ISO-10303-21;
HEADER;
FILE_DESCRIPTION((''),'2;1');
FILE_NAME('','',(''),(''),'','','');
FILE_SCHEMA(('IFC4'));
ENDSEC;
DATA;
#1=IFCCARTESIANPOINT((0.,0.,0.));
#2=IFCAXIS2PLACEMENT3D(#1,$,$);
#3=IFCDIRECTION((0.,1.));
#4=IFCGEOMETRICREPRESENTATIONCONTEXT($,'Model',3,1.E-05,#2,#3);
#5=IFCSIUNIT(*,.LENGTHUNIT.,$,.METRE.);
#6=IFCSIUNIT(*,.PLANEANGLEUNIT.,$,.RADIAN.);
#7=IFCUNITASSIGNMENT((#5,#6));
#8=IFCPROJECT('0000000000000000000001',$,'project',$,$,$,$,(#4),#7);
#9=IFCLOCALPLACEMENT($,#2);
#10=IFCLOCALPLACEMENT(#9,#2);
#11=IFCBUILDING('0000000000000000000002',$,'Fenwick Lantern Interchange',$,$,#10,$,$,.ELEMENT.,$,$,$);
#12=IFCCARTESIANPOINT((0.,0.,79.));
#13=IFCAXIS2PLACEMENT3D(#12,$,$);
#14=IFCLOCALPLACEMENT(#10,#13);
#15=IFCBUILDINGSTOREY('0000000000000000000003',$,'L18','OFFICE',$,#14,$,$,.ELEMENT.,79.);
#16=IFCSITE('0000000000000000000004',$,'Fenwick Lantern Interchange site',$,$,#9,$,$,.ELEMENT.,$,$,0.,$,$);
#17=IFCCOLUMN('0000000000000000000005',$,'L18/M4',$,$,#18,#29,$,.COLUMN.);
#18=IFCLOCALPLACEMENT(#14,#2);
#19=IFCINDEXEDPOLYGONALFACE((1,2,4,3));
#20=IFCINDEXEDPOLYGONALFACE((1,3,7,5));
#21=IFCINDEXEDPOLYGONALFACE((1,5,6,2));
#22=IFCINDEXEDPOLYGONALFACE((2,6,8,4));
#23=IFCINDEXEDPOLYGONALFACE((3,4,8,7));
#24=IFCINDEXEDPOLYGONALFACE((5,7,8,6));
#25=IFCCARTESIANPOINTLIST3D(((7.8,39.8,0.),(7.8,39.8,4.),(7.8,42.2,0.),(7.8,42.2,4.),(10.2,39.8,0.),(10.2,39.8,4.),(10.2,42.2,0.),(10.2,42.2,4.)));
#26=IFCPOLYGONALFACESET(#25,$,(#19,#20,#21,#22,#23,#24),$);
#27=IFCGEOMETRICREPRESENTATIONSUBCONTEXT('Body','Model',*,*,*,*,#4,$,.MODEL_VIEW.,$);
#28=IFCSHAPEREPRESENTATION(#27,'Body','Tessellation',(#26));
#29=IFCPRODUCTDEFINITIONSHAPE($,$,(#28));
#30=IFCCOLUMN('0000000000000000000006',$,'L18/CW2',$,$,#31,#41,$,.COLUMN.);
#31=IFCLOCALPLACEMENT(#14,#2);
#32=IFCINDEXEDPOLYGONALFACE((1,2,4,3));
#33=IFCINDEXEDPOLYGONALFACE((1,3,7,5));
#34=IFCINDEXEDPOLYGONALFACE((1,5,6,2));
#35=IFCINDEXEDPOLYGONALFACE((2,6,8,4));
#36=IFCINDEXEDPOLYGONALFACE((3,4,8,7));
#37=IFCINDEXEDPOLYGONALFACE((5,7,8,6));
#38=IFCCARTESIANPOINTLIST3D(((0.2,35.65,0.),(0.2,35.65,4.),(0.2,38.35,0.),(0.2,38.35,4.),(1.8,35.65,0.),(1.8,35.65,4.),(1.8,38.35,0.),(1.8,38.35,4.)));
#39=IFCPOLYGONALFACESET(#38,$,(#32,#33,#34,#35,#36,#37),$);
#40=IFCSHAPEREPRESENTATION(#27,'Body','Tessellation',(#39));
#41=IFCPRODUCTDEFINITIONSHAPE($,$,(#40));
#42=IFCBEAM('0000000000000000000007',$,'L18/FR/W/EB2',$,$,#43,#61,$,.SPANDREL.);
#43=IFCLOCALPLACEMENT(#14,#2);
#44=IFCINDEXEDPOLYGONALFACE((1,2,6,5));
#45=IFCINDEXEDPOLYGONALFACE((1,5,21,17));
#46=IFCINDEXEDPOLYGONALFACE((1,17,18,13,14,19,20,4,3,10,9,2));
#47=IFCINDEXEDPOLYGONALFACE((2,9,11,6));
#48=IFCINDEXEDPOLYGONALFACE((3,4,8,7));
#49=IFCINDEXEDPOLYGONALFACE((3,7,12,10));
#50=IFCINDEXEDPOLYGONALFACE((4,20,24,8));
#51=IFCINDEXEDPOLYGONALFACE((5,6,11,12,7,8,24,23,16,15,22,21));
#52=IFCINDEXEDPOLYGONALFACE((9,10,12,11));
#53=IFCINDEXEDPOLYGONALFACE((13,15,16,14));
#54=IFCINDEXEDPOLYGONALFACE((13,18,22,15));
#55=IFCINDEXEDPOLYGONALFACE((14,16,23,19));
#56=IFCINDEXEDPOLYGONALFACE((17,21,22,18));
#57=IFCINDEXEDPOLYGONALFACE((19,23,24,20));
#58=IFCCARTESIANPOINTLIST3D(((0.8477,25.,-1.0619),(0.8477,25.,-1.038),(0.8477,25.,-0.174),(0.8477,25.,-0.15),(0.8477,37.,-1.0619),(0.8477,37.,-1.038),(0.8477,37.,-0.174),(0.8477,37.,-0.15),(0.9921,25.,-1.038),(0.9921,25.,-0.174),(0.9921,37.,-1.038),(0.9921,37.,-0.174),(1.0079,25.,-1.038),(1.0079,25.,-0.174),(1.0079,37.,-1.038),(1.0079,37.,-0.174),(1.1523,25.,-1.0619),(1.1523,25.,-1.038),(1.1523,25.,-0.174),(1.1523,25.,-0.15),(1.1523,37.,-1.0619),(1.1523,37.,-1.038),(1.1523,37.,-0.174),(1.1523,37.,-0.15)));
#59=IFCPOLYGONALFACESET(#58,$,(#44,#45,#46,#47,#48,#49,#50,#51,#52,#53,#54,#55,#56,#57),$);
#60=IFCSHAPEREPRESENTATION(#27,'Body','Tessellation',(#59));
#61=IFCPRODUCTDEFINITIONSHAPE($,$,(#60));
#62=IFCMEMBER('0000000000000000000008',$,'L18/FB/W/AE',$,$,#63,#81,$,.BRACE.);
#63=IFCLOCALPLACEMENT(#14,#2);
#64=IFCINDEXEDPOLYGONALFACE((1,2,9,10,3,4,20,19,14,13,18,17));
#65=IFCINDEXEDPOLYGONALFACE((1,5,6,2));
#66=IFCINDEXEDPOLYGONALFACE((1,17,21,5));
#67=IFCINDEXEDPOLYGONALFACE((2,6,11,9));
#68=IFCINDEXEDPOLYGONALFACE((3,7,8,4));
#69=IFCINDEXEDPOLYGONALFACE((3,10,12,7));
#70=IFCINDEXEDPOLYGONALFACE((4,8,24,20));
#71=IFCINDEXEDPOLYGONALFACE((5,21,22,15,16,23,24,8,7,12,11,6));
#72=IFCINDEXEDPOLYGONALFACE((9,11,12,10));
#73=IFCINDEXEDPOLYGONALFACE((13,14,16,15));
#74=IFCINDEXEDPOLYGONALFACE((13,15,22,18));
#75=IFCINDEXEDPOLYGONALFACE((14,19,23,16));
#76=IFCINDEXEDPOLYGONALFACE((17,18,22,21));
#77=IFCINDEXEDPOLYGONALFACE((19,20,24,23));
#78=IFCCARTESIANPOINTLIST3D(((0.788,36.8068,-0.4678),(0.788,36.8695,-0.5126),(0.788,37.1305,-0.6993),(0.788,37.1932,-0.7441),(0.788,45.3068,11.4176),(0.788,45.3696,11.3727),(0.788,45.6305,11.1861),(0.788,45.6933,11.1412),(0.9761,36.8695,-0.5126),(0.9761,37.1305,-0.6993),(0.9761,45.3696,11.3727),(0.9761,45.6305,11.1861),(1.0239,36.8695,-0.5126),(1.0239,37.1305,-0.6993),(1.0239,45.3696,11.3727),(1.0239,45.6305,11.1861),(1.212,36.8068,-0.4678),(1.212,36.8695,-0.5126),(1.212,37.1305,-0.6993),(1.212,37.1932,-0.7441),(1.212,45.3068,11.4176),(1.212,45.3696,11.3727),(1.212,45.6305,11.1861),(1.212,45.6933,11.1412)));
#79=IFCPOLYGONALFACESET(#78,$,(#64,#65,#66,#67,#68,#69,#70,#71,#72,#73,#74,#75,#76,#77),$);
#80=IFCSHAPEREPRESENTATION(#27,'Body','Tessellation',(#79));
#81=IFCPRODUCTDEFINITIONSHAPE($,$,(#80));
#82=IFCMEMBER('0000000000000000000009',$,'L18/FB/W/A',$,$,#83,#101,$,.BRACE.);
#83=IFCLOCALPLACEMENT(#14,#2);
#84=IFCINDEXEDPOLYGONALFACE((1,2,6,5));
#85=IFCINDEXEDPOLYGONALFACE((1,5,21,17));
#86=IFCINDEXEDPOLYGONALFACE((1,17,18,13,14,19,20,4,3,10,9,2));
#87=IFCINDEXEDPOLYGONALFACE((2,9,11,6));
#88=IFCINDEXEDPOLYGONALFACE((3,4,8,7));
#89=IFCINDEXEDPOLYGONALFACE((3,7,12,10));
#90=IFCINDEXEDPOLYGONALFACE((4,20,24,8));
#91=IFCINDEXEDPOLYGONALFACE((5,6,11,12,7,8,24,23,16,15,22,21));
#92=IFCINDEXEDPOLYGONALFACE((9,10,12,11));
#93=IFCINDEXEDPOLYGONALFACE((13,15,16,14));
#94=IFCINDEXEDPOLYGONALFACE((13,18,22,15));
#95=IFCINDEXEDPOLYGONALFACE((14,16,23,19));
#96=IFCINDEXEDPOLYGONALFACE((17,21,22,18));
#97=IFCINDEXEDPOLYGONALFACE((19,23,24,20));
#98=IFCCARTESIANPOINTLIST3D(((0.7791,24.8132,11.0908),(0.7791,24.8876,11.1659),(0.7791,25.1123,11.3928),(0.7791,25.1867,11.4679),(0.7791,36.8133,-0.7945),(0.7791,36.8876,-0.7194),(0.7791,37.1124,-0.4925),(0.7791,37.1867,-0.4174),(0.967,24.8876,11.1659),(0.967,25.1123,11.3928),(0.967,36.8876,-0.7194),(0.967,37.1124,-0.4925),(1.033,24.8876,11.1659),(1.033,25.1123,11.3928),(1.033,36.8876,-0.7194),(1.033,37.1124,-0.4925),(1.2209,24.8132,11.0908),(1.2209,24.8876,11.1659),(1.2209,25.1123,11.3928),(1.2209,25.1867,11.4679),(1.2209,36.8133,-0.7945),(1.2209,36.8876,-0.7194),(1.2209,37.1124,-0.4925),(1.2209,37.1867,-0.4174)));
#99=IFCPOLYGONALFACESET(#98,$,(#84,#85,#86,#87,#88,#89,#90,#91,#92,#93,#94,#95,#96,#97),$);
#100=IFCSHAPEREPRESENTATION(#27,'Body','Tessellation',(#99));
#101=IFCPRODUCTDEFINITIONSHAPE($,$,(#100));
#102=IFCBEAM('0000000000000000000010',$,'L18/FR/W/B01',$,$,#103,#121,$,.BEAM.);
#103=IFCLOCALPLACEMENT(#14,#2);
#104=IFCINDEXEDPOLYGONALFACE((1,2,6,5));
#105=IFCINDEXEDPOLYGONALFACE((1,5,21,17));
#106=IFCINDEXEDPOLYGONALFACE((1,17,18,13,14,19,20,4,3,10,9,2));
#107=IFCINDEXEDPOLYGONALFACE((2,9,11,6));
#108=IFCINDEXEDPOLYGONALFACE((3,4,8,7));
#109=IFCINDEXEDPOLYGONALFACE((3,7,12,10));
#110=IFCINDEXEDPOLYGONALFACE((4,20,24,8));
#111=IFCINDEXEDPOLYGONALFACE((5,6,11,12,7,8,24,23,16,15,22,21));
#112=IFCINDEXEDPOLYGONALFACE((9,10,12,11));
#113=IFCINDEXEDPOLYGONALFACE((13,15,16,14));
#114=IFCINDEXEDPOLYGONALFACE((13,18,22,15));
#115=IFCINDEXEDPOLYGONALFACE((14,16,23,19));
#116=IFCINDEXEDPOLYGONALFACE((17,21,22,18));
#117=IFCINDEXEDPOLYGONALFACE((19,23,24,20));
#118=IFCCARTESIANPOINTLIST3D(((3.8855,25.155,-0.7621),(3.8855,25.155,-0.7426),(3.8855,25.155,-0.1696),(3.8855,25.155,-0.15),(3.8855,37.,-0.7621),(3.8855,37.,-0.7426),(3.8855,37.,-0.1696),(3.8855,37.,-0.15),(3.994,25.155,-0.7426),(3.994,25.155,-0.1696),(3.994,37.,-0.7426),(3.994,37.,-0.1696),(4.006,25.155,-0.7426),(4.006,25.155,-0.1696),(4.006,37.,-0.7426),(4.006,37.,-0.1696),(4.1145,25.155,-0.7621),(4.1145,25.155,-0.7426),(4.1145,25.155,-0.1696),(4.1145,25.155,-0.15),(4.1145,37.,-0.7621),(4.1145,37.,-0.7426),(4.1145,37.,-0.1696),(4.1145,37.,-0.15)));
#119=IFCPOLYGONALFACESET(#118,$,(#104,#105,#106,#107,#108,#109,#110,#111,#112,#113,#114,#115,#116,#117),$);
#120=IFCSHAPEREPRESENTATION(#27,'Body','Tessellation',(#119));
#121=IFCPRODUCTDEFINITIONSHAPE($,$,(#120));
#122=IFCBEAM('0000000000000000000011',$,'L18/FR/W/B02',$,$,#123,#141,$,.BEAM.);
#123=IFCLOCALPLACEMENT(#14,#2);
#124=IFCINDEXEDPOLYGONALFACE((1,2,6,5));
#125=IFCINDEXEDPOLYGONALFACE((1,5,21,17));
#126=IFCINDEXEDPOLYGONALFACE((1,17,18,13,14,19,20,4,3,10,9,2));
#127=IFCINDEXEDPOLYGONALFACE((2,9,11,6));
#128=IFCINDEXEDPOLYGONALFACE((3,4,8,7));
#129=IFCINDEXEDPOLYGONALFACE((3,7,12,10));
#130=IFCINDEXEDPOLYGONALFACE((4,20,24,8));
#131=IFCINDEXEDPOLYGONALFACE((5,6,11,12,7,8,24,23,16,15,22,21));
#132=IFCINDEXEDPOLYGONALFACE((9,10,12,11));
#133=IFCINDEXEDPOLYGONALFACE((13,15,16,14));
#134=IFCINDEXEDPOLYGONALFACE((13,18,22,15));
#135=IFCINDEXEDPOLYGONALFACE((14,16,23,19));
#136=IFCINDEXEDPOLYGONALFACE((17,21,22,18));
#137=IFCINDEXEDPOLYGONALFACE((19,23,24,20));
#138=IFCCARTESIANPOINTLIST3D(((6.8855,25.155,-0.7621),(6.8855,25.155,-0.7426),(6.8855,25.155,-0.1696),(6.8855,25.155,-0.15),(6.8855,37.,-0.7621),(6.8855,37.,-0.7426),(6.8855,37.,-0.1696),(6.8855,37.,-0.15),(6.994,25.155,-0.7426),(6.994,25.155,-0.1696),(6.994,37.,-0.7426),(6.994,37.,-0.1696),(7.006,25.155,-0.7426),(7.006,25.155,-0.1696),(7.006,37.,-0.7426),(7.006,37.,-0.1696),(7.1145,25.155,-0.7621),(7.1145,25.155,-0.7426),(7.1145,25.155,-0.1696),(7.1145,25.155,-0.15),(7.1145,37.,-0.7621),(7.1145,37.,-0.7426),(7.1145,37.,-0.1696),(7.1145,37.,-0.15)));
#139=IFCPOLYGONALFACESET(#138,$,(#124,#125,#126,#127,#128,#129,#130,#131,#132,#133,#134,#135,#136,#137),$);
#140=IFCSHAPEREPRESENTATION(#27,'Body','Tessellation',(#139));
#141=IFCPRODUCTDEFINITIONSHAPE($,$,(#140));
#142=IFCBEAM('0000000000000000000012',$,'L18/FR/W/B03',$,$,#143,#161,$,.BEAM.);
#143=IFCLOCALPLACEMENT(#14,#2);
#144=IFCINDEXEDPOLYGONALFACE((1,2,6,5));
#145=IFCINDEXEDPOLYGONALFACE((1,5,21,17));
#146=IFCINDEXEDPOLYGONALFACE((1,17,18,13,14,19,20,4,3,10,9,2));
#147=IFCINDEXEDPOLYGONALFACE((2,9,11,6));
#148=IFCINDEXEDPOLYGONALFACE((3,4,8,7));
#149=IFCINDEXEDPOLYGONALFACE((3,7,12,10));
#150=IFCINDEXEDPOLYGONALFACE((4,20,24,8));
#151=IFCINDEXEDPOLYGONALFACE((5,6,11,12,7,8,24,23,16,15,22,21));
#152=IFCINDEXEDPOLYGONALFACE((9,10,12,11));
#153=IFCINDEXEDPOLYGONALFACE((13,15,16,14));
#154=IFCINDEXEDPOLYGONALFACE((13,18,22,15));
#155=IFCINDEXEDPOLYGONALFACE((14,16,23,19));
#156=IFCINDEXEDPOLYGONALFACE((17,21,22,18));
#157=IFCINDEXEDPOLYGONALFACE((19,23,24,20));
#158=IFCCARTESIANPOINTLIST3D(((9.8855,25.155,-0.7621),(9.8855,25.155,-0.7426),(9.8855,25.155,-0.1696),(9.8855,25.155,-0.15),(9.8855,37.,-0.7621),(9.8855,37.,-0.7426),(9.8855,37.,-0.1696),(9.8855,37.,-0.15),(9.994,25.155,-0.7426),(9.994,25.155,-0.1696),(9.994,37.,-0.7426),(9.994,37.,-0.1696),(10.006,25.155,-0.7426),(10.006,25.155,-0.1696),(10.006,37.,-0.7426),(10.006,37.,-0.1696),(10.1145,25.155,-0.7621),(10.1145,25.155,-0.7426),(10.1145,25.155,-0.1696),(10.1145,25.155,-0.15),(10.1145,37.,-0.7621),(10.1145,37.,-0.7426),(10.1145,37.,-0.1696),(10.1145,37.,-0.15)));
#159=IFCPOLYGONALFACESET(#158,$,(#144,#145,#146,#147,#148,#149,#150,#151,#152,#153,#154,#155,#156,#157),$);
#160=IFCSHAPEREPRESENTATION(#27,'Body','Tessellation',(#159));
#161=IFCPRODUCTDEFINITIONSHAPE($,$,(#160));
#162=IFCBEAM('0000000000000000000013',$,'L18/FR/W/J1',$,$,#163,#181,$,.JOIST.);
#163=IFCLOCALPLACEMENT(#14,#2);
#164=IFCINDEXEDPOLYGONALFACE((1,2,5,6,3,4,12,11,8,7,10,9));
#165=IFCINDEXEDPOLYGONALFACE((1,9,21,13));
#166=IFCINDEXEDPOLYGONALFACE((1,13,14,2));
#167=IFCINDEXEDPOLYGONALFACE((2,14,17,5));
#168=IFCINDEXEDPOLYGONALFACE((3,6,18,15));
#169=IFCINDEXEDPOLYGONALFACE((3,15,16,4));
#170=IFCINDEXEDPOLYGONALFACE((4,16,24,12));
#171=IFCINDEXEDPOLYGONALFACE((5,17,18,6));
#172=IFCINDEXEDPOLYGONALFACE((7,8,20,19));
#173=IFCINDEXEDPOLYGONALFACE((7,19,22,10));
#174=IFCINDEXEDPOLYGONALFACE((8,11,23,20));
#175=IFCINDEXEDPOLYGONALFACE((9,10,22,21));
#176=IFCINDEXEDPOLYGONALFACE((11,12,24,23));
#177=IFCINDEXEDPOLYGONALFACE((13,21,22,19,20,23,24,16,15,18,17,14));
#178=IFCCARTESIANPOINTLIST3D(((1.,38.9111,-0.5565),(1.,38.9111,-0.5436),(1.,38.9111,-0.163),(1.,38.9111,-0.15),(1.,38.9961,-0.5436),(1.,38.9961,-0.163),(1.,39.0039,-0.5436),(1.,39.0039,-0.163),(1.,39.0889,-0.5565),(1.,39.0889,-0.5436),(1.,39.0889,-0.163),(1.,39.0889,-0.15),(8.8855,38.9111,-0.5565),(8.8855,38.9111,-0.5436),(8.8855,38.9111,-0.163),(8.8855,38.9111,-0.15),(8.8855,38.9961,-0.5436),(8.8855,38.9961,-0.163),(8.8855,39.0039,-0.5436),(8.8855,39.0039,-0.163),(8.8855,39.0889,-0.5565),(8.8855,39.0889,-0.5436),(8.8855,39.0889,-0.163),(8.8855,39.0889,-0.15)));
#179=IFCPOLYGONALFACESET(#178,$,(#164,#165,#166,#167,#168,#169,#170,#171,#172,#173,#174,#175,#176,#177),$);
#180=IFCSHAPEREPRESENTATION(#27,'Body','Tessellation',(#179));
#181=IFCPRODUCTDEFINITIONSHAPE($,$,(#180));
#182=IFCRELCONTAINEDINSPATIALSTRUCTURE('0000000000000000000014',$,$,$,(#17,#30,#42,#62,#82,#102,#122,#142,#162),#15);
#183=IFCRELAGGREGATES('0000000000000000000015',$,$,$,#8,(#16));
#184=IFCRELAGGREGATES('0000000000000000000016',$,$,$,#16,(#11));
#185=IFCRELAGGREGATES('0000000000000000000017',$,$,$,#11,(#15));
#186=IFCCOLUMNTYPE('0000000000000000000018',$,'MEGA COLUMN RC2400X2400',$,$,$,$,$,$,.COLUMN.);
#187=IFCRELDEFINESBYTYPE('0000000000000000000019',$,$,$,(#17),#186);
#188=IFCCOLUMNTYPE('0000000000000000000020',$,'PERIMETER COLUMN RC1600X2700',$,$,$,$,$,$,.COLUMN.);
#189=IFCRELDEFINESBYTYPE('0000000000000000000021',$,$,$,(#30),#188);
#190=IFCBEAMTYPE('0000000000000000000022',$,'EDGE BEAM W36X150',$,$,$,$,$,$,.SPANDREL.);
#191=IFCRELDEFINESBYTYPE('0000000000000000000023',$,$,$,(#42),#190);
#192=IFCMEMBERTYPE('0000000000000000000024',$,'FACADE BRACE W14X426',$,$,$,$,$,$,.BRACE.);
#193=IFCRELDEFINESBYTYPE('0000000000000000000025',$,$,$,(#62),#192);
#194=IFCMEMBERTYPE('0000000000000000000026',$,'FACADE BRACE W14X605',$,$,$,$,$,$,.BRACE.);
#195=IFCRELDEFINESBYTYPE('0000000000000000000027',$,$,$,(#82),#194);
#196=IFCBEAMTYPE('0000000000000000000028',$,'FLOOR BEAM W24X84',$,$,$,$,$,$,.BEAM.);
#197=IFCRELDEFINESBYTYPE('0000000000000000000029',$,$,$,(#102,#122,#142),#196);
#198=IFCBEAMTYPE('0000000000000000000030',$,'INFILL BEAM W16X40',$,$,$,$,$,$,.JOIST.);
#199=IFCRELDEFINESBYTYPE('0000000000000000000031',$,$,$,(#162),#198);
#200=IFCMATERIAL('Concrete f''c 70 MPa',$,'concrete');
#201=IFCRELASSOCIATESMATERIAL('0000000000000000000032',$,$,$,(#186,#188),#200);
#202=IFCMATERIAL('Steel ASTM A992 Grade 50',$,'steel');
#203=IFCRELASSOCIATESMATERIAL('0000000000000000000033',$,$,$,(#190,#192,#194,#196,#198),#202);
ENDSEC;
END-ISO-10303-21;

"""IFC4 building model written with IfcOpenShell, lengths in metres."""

from ifc_helpers import new_model, si_unit, direction, frame, origin, origin_2d, place, context, subcontext, project, spatial, rectangle, i_section, extrude, material, material_profile, profile_set, type_object, element, save


model = new_model("IFC4")

# Units and contexts
model_context = context("Model", 3, precision=1e-05, world=origin(), true_north=direction((0.0, 1.0)))
body_context = subcontext(model_context, "Body", "Model", "MODEL_VIEW")
ifc_project = project(units=[si_unit("LENGTHUNIT", "METRE"), si_unit("PLANEANGLEUNIT", "RADIAN")], contexts=[model_context])

# Site, building, storey
site_placement = place(None, origin())
site = spatial("IfcSite", under=ifc_project, at=site_placement, Name="Fenwick Lantern Interchange site", CompositionType="ELEMENT", RefElevation=0.0)
building_placement = place(site_placement, origin())
building = spatial("IfcBuilding", under=site, at=building_placement, Name="Fenwick Lantern Interchange", CompositionType="ELEMENT")
storey_placement = place(building_placement, frame((0.0, 0.0, 79.0)))
storey = spatial("IfcBuildingStorey", under=building, at=storey_placement, Name="L18", Description="OFFICE", CompositionType="ELEMENT", Elevation=79.0)

# Columns
ifc_material_1 = material(Name="Concrete f'c 70 MPa", Category="concrete")
ifc_material_profile_1 = material_profile(ifc_material_1, rectangle(XDim=2.3999, YDim=2.3999, at=origin_2d()), Name="RC2400X2400")
ifc_profile_set_1 = profile_set([ifc_material_profile_1], Name="Concrete f'c 70 MPa")
column_type_1 = type_object("IfcColumnType", Name="MEGA COLUMN RC2400X2400", PredefinedType="COLUMN", material=ifc_profile_set_1)
column_1_placement = place(storey_placement, frame((9.0, 41.0, 0.0), z_axis=(0.0, 0.0, 1.0), x_axis=(1.0, 0.0, 0.0)))
element("IfcColumn", 1, at=column_1_placement, inside=storey, type_object=column_type_1, Name="L18/M4", PredefinedType="COLUMN", context=body_context, shape_type="SweptSolid", body=[
    extrude(rectangle(XDim=2.3999, YDim=2.3999, at=origin_2d()), origin(), (0.0, 0.0, 1.0), 4.0),
])
ifc_material_profile_2 = material_profile(ifc_material_1, rectangle(XDim=1.6001, YDim=2.7, at=origin_2d()), Name="RC1600X2700")
ifc_profile_set_2 = profile_set([ifc_material_profile_2], Name="Concrete f'c 70 MPa")
column_type_2 = type_object("IfcColumnType", Name="PERIMETER COLUMN RC1600X2700", PredefinedType="COLUMN", material=ifc_profile_set_2)
column_2_placement = place(storey_placement, frame((1.0, 37.0, 0.0), z_axis=(0.0, 0.0, 1.0), x_axis=(1.0, 0.0, 0.0)))
element("IfcColumn", 2, at=column_2_placement, inside=storey, type_object=column_type_2, Name="L18/CW2", PredefinedType="COLUMN", context=body_context, shape_type="SweptSolid", body=[
    extrude(rectangle(XDim=1.6001, YDim=2.7, at=origin_2d()), origin(), (0.0, 0.0, 1.0), 4.0),
])

# Beam
ifc_material_2 = material(Name="Steel ASTM A992 Grade 50", Category="steel")
ifc_material_profile_3 = material_profile(ifc_material_2, i_section(OverallWidth=0.3047, OverallDepth=0.9119, WebThickness=0.0159, FlangeThickness=0.0239, at=origin_2d()), Name="W36X150")
ifc_profile_set_3 = profile_set([ifc_material_profile_3], Name="Steel ASTM A992 Grade 50")
beam_type_1 = type_object("IfcBeamType", Name="EDGE BEAM W36X150", PredefinedType="SPANDREL", material=ifc_profile_set_3)
beam_1_placement = place(storey_placement, frame((1.0, 37.0, -0.606), z_axis=(0.0, -1.0, 0.0), x_axis=(1.0, 0.0, 0.0)))
element("IfcBeam", 3, at=beam_1_placement, inside=storey, type_object=beam_type_1, Name="L18/FR/W/EB2", PredefinedType="SPANDREL", context=body_context, shape_type="SweptSolid", body=[
    extrude(i_section(OverallWidth=0.3047, OverallDepth=0.9119, WebThickness=0.0159, FlangeThickness=0.0239, at=origin_2d()), origin(), (0.0, 0.0, 1.0), 12.0),
])

# Members
ifc_material_profile_4 = material_profile(ifc_material_2, i_section(OverallWidth=0.4241, OverallDepth=0.4751, WebThickness=0.0479, FlangeThickness=0.0771, at=origin_2d()), Name="W14X426")
ifc_profile_set_4 = profile_set([ifc_material_profile_4], Name="Steel ASTM A992 Grade 50")
member_type_1 = type_object("IfcMemberType", Name="FACADE BRACE W14X426", PredefinedType="BRACE", material=ifc_profile_set_4)
member_1_placement = place(storey_placement, frame((1.0, 37.0, -0.606), z_axis=(0.0, 0.581715, 0.813392), x_axis=(-1.0, 0.0, 0.0)))
element("IfcMember", 4, at=member_1_placement, inside=storey, type_object=member_type_1, Name="L18/FB/W/AE", PredefinedType="BRACE", context=body_context, shape_type="SweptSolid", body=[
    extrude(i_section(OverallWidth=0.4241, OverallDepth=0.4751, WebThickness=0.0479, FlangeThickness=0.0771, at=origin_2d()), origin(), (0.0, 0.0, 1.0), 14.6121),
])
ifc_material_profile_5 = material_profile(ifc_material_2, i_section(OverallWidth=0.4419, OverallDepth=0.5308, WebThickness=0.0659, FlangeThickness=0.1057, at=origin_2d()), Name="W14X605")
ifc_profile_set_5 = profile_set([ifc_material_profile_5], Name="Steel ASTM A992 Grade 50")
member_type_2 = type_object("IfcMemberType", Name="FACADE BRACE W14X605", PredefinedType="BRACE", material=ifc_profile_set_5)
member_2_placement = place(storey_placement, frame((1.0, 37.0, -0.606), z_axis=(0.0, -0.710496, 0.703702), x_axis=(1.0, 0.0, 0.0)))
element("IfcMember", 5, at=member_2_placement, inside=storey, type_object=member_type_2, Name="L18/FB/W/A", PredefinedType="BRACE", context=body_context, shape_type="SweptSolid", body=[
    extrude(i_section(OverallWidth=0.4419, OverallDepth=0.5308, WebThickness=0.0659, FlangeThickness=0.1057, at=origin_2d()), origin(), (0.0, 0.0, 1.0), 16.8896),
])

# Beams
ifc_material_profile_6 = material_profile(ifc_material_2, i_section(OverallWidth=0.229, OverallDepth=0.6121, WebThickness=0.012, FlangeThickness=0.0195, at=origin_2d()), Name="W24X84")
ifc_profile_set_6 = profile_set([ifc_material_profile_6], Name="Steel ASTM A992 Grade 50")
beam_type_2 = type_object("IfcBeamType", Name="FLOOR BEAM W24X84", PredefinedType="BEAM", material=ifc_profile_set_6)
for number, where, z_axis, x_axis, name in (
    (6, (4.0, 37.0, -0.4561), (0.0, -1.0, 0.0), (1.0, 0.0, 0.0), "L18/FR/W/B01"),
    (7, (7.0, 37.0, -0.4561), (0.0, -1.0, 0.0), (1.0, 0.0, 0.0), "L18/FR/W/B02"),
    (8, (10.0, 37.0, -0.4561), (0.0, -1.0, 0.0), (1.0, 0.0, 0.0), "L18/FR/W/B03"),
):
    element("IfcBeam", number, at=place(storey_placement, frame(where, z_axis=z_axis, x_axis=x_axis)), inside=storey, type_object=beam_type_2, Name=name, PredefinedType="BEAM", context=body_context, shape_type="SweptSolid", body=[
        extrude(i_section(OverallWidth=0.229, OverallDepth=0.6121, WebThickness=0.012, FlangeThickness=0.0195, at=origin_2d()), origin(), (0.0, 0.0, 1.0), 11.845),
    ])
ifc_material_profile_7 = material_profile(ifc_material_2, i_section(OverallWidth=0.1777, OverallDepth=0.4065, WebThickness=0.0078, FlangeThickness=0.0129, at=origin_2d()), Name="W16X40")
ifc_profile_set_7 = profile_set([ifc_material_profile_7], Name="Steel ASTM A992 Grade 50")
beam_type_3 = type_object("IfcBeamType", Name="INFILL BEAM W16X40", PredefinedType="JOIST", material=ifc_profile_set_7)
beam_2_placement = place(storey_placement, frame((1.0, 39.0, -0.3533), z_axis=(1.0, 0.0, 0.0), x_axis=(0.0, 1.0, 0.0)))
element("IfcBeam", 9, at=beam_2_placement, inside=storey, type_object=beam_type_3, Name="L18/FR/W/J1", PredefinedType="JOIST", context=body_context, shape_type="SweptSolid", body=[
    extrude(i_section(OverallWidth=0.1777, OverallDepth=0.4065, WebThickness=0.0078, FlangeThickness=0.0129, at=origin_2d()), origin(), (0.0, 0.0, 1.0), 7.8855),
])

save(model, "model.ifc")
